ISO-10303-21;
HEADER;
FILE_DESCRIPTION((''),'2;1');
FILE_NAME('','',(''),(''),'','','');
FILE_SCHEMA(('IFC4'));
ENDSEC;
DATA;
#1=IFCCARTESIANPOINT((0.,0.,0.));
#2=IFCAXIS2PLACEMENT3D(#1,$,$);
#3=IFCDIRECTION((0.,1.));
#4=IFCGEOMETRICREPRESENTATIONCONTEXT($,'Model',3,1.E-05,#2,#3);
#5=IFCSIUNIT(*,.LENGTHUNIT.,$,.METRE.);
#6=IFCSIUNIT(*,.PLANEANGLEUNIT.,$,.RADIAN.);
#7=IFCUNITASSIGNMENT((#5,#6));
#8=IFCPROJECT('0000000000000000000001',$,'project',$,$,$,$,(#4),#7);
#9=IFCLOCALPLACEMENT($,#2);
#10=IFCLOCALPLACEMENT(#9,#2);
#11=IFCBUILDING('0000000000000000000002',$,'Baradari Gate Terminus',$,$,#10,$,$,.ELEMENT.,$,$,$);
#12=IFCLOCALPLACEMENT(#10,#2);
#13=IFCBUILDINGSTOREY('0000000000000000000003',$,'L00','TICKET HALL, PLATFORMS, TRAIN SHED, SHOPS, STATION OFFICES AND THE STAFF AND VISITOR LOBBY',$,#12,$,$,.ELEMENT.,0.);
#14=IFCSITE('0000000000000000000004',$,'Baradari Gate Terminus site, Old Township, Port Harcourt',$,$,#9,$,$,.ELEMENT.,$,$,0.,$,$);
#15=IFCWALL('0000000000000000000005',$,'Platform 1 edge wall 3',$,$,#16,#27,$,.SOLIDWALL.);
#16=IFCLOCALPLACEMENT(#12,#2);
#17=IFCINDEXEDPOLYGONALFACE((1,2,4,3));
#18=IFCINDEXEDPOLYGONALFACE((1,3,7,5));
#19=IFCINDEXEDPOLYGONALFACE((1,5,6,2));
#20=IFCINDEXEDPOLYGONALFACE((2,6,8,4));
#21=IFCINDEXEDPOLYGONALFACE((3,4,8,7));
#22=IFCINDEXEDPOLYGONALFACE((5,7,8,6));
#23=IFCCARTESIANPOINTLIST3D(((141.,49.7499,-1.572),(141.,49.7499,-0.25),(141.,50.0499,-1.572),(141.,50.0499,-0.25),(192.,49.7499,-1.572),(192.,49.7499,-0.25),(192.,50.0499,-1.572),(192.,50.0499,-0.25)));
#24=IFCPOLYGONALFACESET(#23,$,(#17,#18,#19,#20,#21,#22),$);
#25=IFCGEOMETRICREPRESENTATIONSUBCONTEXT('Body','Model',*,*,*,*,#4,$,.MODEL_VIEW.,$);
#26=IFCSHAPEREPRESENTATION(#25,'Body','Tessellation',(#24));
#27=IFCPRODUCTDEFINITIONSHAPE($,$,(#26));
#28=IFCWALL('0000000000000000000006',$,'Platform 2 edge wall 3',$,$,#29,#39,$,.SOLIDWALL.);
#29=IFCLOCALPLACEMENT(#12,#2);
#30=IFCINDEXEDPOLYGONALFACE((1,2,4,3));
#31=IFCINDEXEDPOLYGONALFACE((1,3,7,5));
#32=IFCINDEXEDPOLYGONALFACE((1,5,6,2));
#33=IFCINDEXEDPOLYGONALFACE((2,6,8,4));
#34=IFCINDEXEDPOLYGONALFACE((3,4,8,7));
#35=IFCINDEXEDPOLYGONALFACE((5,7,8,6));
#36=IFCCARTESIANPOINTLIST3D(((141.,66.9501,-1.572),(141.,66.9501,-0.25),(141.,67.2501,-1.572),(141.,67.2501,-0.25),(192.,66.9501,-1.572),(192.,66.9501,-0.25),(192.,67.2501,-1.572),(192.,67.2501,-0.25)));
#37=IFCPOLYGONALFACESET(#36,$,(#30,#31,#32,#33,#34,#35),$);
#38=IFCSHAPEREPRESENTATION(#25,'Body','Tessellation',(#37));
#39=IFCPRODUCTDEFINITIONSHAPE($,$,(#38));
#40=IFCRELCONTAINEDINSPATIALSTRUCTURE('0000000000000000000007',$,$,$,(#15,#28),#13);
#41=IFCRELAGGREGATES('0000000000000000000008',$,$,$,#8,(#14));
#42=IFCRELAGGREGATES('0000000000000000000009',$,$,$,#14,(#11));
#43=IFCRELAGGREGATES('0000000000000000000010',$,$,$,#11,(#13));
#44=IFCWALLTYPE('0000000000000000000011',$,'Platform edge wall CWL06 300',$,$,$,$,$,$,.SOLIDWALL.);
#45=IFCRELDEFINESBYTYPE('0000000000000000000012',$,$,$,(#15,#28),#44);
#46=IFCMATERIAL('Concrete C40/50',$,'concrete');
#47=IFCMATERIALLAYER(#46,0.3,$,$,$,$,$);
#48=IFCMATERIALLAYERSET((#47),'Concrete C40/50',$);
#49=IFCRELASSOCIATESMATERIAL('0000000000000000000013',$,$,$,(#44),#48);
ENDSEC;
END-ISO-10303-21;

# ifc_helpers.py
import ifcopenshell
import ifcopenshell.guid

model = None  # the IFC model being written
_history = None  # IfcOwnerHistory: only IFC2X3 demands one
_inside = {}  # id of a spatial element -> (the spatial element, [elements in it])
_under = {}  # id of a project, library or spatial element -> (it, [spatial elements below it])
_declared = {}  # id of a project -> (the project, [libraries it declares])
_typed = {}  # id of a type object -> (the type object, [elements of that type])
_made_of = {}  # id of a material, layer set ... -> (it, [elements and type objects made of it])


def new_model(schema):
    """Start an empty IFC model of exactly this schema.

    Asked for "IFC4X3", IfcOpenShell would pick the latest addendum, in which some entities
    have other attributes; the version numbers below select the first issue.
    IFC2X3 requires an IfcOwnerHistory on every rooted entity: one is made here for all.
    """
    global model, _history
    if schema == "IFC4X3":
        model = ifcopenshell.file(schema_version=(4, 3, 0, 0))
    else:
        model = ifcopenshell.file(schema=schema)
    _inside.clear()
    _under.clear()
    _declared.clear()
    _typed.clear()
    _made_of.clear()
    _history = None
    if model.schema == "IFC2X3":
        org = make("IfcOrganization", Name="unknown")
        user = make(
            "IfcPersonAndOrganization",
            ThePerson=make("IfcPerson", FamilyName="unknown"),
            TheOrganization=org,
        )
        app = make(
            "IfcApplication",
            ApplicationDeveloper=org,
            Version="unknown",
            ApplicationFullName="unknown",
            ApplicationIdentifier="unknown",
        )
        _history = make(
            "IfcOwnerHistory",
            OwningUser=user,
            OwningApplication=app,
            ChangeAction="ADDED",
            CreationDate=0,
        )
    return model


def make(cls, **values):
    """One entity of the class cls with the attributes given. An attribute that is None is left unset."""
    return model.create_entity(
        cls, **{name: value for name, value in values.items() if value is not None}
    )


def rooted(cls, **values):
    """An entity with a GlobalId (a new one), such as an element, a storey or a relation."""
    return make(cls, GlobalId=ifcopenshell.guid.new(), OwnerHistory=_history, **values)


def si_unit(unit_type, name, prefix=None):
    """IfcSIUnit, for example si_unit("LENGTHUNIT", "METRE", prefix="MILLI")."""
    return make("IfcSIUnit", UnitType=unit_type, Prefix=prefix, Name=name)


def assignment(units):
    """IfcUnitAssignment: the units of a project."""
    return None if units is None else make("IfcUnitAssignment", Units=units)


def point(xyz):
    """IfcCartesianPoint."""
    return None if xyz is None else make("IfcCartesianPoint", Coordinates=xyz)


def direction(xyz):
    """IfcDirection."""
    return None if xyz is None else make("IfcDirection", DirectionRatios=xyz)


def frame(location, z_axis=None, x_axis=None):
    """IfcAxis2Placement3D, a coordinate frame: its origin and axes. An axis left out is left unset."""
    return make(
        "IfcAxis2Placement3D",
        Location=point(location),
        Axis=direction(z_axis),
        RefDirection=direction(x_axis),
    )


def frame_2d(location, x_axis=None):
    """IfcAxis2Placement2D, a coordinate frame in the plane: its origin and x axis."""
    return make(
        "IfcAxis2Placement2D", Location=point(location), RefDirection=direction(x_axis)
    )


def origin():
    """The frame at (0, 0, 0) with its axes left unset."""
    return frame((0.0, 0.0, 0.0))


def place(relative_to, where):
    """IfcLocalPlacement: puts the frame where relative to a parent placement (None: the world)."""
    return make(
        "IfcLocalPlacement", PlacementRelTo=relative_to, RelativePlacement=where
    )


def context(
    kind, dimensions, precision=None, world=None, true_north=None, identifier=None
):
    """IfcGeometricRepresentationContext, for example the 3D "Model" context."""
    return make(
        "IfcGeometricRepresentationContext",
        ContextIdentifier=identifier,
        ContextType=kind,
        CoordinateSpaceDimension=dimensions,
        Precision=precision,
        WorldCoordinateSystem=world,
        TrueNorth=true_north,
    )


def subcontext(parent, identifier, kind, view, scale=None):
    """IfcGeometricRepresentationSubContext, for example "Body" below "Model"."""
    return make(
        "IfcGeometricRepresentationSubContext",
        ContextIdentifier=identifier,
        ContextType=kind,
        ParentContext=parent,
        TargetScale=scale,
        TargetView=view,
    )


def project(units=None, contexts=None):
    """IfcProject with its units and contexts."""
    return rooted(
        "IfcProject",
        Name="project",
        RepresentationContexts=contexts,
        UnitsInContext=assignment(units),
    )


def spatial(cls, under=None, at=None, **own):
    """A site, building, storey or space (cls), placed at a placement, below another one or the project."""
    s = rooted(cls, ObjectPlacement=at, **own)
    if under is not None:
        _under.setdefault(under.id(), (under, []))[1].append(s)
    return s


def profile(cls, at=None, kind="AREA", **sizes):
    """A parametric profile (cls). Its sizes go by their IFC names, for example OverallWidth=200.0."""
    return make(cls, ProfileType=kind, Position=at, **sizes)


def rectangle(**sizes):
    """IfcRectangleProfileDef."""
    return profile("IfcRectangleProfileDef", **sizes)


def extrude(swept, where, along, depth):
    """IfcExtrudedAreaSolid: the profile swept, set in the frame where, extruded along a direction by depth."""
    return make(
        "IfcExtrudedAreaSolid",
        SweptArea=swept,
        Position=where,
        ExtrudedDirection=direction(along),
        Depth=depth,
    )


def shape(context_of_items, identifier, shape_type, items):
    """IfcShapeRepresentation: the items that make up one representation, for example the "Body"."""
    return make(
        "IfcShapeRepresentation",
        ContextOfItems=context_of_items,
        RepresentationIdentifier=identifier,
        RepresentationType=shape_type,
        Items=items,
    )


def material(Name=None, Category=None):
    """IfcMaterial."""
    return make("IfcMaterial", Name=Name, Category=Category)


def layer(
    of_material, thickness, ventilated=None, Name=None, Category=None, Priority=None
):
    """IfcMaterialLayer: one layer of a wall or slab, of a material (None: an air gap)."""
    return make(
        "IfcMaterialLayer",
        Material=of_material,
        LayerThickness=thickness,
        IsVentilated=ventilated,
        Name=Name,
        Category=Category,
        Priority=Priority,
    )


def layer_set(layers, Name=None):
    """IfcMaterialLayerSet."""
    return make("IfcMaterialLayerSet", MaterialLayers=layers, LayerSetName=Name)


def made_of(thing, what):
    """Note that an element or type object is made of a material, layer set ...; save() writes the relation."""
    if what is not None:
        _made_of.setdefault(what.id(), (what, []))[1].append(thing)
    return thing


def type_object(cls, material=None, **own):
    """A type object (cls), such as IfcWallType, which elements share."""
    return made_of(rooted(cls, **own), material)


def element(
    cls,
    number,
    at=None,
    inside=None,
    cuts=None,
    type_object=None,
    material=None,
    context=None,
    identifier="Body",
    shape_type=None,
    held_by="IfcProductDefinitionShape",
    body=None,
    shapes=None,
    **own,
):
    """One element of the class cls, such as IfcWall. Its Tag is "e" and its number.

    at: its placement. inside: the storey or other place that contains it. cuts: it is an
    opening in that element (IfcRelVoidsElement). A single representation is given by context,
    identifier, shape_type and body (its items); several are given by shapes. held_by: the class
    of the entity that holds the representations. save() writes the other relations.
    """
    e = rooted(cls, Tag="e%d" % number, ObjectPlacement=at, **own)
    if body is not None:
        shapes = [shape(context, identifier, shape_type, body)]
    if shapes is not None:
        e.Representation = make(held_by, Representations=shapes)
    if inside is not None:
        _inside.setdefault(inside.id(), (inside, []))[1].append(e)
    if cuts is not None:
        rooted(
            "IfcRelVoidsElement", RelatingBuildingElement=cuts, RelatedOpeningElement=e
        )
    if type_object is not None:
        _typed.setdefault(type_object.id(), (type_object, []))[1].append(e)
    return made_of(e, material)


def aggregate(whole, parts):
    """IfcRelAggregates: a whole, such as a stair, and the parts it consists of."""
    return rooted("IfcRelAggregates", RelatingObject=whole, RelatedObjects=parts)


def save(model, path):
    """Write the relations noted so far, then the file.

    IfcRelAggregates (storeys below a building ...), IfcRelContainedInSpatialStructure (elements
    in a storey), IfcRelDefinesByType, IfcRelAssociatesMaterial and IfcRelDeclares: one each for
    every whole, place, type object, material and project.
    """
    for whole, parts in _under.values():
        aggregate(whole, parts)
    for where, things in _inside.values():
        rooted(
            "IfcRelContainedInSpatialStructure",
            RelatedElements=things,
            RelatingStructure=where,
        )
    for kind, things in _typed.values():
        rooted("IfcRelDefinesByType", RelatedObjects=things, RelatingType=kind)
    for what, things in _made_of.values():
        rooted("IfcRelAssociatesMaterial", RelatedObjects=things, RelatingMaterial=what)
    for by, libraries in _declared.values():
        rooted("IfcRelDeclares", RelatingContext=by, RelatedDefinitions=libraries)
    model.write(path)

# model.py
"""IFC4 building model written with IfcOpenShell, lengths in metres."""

from ifc_helpers import new_model, si_unit, direction, frame, frame_2d, origin, place, context, subcontext, project, spatial, rectangle, extrude, material, layer, layer_set, type_object, element, save


model = new_model("IFC4")

# Units and contexts
model_context = context("Model", 3, precision=1e-05, world=origin(), true_north=direction((0.0, 1.0)))
body_context = subcontext(model_context, "Body", "Model", "MODEL_VIEW")
ifc_project = project(units=[si_unit("LENGTHUNIT", "METRE"), si_unit("PLANEANGLEUNIT", "RADIAN")], contexts=[model_context])

# Site, building, storey
site_placement = place(None, origin())
site = spatial("IfcSite", under=ifc_project, at=site_placement, Name="Baradari Gate Terminus site, Old Township, Port Harcourt", CompositionType="ELEMENT", RefElevation=0.0)
building_placement = place(site_placement, origin())
building = spatial("IfcBuilding", under=site, at=building_placement, Name="Baradari Gate Terminus", CompositionType="ELEMENT")
storey_placement = place(building_placement, origin())
storey = spatial("IfcBuildingStorey", under=building, at=storey_placement, Name="L00", Description="TICKET HALL, PLATFORMS, TRAIN SHED, SHOPS, STATION OFFICES AND THE STAFF AND VISITOR LOBBY", CompositionType="ELEMENT", Elevation=0.0)

# Walls
ifc_material_1 = material(Name="Concrete C40/50", Category="concrete")
ifc_layer_1 = layer(ifc_material_1, 0.3)
ifc_layer_set_1 = layer_set([ifc_layer_1], Name="Concrete C40/50")
wall_type_1 = type_object("IfcWallType", Name="Platform edge wall CWL06 300", PredefinedType="SOLIDWALL", material=ifc_layer_set_1)
for number, where, z_axis, x_axis, name in (
    (1, (141.0, 49.8999, -1.572), (0.0, 0.0, 1.0), (1.0, 0.0, 0.0), "Platform 1 edge wall 3"),
    (2, (141.0, 67.1001, -1.572), (0.0, 0.0, 1.0), (1.0, 0.0, 0.0), "Platform 2 edge wall 3"),
):
    element("IfcWall", number, at=place(storey_placement, frame(where, z_axis=z_axis, x_axis=x_axis)), inside=storey, type_object=wall_type_1, Name=name, PredefinedType="SOLIDWALL", context=body_context, shape_type="SweptSolid", body=[
        extrude(rectangle(XDim=51.0, YDim=0.3, at=frame_2d((25.5, 0.0))), origin(), (0.0, 0.0, 1.0), 1.322),
    ])

save(model, "model.ifc")
